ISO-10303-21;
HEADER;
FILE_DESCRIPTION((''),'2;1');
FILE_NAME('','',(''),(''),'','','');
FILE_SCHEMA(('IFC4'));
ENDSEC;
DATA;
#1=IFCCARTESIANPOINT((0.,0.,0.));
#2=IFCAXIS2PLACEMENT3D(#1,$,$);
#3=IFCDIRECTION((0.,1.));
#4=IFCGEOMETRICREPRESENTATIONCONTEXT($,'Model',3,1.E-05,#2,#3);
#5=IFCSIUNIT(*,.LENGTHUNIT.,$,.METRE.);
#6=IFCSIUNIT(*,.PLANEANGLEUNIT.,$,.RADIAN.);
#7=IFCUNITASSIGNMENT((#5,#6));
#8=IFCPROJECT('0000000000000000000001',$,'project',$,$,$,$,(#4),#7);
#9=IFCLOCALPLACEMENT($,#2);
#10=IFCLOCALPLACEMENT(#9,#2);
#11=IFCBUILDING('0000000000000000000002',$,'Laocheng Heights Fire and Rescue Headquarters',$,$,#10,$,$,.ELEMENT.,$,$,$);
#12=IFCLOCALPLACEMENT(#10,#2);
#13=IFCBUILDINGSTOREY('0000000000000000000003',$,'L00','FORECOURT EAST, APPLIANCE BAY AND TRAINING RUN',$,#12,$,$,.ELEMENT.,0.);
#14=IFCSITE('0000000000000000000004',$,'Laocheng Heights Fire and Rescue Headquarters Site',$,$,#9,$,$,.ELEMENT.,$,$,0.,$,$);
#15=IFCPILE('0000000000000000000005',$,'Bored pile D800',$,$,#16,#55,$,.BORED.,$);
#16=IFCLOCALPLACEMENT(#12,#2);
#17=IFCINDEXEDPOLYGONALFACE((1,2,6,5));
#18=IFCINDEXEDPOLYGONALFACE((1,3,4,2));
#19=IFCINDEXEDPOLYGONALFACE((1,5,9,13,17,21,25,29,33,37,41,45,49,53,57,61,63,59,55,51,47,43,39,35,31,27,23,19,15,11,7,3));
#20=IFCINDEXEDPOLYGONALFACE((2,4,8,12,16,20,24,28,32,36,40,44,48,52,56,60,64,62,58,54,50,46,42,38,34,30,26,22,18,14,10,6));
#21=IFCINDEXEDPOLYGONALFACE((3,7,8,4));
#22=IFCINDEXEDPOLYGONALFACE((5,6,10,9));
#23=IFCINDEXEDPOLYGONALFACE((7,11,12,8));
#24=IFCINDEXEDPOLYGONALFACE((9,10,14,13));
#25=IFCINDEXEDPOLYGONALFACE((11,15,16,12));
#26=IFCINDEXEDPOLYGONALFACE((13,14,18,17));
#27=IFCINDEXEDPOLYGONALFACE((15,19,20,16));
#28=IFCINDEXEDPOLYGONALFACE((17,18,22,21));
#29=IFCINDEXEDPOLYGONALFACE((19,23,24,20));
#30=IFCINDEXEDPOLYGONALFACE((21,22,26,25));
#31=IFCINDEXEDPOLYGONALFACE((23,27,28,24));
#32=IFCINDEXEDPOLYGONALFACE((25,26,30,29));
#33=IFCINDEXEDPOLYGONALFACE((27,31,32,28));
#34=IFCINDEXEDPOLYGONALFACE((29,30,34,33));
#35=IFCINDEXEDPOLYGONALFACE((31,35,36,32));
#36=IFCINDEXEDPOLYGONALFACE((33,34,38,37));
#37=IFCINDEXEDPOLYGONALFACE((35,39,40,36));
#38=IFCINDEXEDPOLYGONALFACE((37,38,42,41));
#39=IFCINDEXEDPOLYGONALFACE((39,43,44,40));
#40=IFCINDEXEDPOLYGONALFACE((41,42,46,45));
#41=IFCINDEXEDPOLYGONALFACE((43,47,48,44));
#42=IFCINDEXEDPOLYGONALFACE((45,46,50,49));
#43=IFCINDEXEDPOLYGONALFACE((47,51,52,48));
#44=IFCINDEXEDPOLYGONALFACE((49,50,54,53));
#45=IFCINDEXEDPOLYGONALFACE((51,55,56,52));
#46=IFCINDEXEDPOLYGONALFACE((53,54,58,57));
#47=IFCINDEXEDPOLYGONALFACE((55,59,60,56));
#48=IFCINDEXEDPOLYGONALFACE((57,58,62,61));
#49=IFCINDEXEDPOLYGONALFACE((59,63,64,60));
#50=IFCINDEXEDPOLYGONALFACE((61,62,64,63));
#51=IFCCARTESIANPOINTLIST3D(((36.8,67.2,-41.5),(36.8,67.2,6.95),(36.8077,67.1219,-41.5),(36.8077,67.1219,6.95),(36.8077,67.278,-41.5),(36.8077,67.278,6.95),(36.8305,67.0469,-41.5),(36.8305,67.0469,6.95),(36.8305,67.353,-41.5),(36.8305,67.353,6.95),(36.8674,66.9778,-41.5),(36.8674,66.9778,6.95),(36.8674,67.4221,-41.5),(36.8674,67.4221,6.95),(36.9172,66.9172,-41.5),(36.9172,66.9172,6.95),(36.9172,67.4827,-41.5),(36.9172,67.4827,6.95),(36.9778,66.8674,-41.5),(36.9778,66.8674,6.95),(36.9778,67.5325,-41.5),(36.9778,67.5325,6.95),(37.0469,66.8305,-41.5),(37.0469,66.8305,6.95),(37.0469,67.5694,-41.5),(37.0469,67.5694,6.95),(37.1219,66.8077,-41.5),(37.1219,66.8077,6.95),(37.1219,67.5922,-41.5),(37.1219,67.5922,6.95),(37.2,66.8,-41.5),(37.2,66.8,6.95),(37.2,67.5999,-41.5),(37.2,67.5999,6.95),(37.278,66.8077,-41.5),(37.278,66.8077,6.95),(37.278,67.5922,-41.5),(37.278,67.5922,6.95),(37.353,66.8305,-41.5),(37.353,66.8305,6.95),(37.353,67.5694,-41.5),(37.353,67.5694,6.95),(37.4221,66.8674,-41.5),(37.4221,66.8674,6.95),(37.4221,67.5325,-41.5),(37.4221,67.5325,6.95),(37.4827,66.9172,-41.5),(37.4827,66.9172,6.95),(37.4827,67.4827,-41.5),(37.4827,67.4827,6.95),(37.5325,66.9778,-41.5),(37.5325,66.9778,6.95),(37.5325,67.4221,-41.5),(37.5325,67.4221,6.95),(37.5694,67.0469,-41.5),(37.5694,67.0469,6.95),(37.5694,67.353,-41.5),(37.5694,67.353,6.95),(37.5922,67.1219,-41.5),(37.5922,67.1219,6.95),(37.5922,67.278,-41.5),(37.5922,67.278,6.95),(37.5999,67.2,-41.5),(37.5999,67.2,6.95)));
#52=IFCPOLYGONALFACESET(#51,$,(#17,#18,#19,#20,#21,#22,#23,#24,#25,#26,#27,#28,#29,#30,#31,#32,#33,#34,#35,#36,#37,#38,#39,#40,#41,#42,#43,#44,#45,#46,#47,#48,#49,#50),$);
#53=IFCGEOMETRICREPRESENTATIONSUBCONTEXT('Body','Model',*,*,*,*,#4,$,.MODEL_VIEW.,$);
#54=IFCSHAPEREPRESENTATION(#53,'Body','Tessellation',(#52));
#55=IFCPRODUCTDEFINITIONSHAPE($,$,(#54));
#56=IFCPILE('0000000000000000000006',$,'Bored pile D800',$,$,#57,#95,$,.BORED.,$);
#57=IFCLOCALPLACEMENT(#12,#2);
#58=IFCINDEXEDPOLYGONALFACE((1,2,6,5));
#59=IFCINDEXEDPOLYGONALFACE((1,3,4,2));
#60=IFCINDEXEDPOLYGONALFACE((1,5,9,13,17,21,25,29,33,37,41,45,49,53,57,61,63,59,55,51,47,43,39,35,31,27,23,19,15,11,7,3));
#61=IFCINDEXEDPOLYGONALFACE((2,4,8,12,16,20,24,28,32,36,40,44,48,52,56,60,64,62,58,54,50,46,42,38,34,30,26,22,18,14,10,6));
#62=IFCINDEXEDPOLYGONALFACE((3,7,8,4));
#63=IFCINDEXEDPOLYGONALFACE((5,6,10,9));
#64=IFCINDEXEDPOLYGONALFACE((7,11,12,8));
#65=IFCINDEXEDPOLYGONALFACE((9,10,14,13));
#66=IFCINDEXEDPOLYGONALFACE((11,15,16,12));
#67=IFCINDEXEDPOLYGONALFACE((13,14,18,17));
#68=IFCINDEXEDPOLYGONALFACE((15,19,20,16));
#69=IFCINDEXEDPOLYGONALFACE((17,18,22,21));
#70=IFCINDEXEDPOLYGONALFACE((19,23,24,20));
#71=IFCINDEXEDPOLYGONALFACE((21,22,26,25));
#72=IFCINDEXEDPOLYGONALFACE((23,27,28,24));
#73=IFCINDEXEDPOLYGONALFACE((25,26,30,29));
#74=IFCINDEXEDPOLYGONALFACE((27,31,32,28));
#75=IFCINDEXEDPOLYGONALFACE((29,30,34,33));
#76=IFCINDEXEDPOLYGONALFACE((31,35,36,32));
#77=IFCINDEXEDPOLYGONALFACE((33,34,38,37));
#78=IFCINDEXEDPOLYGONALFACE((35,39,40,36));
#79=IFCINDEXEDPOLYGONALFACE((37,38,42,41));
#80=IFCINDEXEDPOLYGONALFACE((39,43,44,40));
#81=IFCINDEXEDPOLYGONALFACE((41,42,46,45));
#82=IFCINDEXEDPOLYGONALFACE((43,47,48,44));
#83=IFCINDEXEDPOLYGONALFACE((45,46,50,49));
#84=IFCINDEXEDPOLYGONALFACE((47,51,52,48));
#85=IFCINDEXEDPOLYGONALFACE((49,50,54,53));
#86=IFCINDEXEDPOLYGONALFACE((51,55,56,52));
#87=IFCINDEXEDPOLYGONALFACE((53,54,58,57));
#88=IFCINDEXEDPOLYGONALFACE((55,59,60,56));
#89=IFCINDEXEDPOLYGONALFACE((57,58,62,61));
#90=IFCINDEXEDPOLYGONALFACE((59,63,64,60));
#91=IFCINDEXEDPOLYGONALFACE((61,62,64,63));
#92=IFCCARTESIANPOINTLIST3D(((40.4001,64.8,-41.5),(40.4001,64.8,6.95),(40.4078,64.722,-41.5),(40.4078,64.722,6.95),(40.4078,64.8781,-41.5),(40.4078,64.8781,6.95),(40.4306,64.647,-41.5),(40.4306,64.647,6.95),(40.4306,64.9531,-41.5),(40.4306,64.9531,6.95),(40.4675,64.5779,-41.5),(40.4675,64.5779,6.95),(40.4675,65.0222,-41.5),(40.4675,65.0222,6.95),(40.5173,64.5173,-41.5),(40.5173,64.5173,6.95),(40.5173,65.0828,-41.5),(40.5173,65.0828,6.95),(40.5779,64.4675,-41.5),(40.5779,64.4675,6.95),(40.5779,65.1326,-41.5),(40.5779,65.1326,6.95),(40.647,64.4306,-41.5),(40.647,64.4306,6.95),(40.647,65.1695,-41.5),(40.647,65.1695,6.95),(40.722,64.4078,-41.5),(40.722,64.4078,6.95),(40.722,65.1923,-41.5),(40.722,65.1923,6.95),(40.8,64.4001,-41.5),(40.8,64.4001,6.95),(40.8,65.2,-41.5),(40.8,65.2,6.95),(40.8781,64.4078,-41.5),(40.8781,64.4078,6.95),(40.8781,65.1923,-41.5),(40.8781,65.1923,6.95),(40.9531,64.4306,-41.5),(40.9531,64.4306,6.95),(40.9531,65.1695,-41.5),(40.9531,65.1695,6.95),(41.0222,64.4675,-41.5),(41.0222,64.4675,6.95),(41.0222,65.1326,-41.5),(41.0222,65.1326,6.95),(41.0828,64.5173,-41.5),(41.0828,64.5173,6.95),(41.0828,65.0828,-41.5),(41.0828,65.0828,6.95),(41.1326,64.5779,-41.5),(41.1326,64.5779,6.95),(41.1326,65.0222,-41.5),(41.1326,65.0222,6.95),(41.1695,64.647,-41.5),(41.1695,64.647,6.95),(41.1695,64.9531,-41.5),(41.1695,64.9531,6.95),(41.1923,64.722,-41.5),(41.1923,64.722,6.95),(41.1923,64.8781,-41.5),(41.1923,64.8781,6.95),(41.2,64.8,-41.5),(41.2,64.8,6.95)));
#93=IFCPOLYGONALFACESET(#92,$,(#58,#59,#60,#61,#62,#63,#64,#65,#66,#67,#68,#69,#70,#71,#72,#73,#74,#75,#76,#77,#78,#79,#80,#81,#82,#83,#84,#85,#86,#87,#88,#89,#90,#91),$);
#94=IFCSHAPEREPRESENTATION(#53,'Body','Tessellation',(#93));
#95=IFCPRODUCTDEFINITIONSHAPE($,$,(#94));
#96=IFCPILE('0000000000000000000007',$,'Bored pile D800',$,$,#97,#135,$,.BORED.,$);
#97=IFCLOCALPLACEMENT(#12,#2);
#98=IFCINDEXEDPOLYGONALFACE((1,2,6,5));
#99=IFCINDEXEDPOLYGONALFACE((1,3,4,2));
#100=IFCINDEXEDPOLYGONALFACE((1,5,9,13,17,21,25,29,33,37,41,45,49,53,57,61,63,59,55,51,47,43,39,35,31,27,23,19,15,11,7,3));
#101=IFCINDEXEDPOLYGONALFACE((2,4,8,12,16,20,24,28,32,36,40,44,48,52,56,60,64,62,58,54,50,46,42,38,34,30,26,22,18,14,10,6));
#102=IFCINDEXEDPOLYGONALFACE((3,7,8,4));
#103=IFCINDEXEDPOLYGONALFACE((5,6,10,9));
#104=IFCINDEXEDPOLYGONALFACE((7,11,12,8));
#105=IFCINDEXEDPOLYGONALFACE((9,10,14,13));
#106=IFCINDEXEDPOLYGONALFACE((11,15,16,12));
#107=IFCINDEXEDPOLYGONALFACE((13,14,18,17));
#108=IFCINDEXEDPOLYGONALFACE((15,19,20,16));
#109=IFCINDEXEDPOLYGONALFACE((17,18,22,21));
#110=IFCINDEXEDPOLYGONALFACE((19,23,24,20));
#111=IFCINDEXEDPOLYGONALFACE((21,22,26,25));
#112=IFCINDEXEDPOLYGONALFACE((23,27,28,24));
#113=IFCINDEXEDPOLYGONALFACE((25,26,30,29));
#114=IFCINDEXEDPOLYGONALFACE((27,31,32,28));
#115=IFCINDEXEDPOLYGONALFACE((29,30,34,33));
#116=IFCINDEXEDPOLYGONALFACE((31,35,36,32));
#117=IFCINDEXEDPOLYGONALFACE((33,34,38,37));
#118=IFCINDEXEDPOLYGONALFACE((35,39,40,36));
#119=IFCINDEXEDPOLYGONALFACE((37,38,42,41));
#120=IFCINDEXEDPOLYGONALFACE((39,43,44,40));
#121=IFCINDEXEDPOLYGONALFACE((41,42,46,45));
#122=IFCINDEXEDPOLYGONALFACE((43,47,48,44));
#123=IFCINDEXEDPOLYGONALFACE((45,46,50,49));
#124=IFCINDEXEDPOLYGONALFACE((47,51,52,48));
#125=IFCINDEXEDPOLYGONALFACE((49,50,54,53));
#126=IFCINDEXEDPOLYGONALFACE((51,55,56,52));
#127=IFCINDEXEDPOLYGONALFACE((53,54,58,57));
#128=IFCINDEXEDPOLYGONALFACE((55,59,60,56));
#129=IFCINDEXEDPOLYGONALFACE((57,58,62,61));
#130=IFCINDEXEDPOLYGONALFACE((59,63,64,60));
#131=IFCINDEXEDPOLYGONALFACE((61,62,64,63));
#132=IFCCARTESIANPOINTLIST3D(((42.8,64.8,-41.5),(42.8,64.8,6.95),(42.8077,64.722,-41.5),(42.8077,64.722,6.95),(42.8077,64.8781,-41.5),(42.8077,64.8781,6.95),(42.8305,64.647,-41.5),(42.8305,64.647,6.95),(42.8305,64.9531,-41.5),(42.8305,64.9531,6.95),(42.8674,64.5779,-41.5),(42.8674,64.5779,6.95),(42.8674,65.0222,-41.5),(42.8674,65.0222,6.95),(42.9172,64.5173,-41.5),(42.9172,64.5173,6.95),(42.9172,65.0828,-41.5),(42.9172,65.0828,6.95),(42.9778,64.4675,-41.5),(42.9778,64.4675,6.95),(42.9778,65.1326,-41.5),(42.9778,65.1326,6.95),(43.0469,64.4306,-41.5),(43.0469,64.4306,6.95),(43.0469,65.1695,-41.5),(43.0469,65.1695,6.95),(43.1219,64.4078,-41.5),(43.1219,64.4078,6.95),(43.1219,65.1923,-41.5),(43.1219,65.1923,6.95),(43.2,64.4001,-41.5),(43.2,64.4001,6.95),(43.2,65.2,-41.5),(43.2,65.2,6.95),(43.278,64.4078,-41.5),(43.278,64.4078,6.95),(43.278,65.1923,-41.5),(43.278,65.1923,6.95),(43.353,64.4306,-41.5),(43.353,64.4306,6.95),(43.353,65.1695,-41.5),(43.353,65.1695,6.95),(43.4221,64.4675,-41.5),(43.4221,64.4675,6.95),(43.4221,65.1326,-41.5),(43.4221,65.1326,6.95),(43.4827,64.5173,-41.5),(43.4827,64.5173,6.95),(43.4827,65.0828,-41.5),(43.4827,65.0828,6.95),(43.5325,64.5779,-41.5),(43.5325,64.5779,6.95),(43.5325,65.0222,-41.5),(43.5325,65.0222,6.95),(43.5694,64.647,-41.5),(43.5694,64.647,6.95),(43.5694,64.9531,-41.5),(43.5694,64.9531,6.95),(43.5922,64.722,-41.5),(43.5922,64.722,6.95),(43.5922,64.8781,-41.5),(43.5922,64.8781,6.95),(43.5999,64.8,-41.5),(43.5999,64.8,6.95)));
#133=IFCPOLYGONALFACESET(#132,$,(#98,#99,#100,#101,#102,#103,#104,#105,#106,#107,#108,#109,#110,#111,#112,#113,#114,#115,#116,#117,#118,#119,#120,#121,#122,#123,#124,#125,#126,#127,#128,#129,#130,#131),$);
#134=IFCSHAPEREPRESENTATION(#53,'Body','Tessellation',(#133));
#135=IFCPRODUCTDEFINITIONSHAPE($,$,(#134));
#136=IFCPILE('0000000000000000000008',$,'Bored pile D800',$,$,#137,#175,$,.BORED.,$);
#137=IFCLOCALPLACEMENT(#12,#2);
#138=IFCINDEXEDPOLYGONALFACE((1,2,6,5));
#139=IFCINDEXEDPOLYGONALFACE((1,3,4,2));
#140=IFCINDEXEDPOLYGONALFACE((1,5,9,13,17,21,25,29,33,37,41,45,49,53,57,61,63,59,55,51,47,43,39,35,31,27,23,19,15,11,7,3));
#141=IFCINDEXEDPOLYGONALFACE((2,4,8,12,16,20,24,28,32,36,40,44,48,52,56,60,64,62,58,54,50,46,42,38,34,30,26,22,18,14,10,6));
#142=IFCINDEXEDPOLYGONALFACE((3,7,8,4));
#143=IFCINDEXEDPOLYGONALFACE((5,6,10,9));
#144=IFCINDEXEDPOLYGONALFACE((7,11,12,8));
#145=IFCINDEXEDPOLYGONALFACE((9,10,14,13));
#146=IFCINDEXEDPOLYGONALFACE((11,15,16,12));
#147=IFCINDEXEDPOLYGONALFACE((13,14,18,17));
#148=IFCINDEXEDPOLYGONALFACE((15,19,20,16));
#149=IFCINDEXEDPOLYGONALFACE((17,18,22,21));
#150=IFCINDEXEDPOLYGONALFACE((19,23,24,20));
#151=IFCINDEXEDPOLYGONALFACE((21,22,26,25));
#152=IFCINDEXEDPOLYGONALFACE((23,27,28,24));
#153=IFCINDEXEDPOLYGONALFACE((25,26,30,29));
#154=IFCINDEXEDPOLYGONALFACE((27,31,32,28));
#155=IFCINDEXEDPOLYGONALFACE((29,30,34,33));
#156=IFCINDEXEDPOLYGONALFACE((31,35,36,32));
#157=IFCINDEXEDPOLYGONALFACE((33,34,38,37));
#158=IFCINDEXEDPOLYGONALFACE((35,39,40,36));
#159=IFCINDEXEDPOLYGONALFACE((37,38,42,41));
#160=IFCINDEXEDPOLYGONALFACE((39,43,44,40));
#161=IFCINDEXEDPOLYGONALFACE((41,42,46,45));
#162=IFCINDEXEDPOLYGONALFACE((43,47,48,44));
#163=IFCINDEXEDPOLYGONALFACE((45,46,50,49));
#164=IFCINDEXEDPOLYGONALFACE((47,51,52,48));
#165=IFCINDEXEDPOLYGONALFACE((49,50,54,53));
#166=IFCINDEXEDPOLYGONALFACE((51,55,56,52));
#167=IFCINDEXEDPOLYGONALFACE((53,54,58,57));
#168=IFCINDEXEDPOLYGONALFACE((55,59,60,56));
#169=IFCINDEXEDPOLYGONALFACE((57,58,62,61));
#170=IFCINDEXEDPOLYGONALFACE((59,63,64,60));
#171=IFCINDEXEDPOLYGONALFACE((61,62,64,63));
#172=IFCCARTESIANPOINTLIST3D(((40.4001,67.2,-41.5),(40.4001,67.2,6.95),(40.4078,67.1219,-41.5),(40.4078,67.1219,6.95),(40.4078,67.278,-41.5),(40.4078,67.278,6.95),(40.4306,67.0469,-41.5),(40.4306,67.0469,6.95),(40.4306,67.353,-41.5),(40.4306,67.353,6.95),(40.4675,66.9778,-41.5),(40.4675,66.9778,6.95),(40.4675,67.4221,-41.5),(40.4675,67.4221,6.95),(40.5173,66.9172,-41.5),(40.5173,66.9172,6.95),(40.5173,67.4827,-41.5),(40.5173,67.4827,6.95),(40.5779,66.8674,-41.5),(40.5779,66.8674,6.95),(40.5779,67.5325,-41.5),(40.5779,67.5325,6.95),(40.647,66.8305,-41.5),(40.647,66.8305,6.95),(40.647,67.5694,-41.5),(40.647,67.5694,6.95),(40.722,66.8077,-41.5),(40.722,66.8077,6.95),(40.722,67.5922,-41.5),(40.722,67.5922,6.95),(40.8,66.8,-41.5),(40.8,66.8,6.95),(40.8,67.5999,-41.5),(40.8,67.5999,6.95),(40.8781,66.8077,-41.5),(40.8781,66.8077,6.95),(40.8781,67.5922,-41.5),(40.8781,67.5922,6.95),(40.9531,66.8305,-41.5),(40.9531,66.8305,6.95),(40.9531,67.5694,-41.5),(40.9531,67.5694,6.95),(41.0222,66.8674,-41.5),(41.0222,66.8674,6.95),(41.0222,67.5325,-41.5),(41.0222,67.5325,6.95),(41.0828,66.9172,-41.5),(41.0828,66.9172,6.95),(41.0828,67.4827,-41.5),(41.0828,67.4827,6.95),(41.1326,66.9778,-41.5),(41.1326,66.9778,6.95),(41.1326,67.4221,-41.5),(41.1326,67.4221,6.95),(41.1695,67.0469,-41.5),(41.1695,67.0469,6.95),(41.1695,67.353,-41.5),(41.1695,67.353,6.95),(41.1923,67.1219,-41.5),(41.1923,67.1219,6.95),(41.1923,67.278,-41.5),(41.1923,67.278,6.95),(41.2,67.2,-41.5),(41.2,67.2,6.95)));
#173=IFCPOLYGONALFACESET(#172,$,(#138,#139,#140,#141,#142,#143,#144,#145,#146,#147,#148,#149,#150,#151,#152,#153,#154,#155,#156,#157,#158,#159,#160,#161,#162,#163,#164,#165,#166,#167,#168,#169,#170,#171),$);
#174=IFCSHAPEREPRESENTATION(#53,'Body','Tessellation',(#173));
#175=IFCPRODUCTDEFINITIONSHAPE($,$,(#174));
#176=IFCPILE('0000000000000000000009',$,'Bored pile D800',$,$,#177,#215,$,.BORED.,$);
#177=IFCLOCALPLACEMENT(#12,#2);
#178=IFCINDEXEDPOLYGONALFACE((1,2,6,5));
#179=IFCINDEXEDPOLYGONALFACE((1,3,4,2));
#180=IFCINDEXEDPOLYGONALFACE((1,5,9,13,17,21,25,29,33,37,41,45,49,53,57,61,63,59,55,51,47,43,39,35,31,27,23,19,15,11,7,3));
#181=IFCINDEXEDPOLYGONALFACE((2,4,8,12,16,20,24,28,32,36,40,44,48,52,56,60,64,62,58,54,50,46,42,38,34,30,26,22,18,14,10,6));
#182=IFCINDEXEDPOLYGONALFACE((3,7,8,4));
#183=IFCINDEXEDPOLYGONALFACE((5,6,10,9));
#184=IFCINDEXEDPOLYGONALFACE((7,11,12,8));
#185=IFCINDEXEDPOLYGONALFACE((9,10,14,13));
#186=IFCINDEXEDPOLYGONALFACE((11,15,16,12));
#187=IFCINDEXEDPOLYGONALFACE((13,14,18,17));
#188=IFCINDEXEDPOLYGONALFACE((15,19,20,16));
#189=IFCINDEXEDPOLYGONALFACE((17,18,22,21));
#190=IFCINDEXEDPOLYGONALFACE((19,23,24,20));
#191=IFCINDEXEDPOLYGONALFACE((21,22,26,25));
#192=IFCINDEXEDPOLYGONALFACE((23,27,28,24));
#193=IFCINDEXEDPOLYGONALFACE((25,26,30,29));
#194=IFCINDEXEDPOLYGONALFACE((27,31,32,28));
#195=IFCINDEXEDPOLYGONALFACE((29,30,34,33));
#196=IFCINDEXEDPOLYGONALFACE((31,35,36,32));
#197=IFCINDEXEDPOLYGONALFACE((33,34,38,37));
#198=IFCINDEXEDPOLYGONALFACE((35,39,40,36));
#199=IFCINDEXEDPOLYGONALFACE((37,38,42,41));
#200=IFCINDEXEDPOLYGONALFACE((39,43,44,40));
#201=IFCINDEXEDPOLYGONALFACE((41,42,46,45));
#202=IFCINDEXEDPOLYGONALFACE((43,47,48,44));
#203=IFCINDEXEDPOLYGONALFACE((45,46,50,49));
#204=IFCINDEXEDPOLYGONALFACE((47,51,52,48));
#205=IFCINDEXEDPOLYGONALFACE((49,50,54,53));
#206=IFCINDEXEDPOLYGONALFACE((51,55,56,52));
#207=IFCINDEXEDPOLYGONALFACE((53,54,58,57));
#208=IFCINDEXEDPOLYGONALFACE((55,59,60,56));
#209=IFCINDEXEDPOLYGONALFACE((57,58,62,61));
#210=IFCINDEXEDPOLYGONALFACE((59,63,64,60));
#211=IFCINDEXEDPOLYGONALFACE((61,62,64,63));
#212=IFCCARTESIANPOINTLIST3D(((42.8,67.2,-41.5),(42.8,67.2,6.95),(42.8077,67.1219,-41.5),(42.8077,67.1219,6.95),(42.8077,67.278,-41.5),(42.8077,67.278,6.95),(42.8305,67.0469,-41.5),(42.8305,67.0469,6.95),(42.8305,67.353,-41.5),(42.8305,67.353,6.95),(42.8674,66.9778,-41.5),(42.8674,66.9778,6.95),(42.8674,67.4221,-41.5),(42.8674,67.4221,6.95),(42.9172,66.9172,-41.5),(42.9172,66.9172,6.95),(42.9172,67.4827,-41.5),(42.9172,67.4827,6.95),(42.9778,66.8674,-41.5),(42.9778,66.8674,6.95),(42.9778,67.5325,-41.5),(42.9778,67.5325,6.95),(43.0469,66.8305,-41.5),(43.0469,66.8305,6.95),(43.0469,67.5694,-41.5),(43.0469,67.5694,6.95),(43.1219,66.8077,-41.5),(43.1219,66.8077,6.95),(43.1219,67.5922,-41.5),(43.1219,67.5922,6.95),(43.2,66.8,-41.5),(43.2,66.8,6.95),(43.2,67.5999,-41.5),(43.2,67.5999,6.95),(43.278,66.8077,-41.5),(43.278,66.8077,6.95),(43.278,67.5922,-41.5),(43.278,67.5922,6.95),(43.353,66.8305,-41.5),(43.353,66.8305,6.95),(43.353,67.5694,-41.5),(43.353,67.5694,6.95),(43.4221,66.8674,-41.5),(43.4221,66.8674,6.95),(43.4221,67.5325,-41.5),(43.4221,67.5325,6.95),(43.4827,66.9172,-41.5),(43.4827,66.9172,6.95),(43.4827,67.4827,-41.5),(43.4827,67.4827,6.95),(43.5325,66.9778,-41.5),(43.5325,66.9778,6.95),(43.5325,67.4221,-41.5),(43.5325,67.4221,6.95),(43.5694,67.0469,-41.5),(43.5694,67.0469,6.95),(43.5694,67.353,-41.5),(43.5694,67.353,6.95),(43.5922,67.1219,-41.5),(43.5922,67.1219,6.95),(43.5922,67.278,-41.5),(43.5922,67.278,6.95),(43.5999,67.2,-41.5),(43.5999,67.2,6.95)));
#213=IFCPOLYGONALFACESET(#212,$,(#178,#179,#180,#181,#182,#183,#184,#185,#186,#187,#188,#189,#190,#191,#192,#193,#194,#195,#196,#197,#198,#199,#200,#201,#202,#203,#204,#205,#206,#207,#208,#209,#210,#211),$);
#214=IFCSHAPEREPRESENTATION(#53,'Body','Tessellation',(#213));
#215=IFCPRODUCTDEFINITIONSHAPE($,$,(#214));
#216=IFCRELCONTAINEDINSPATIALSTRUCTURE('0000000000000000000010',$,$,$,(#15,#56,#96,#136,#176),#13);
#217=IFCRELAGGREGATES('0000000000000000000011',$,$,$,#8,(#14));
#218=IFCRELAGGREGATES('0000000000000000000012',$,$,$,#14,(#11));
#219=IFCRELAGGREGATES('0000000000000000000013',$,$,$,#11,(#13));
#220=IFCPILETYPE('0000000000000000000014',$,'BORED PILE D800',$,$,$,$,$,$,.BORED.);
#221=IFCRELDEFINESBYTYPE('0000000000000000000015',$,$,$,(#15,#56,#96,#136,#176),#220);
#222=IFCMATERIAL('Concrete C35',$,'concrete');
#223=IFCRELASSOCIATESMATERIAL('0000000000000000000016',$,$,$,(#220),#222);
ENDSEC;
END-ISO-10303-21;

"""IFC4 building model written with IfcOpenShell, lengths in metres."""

from ifc_helpers import new_model, si_unit, direction, frame, origin, origin_2d, place, context, subcontext, project, spatial, circle, extrude, material, material_profile, profile_set, type_object, element, save


model = new_model("IFC4")

# Units and contexts
model_context = context("Model", 3, precision=1e-05, world=origin(), true_north=direction((0.0, 1.0)))
body_context = subcontext(model_context, "Body", "Model", "MODEL_VIEW")
ifc_project = project(units=[si_unit("LENGTHUNIT", "METRE"), si_unit("PLANEANGLEUNIT", "RADIAN")], contexts=[model_context])

# Site, building, storey
site_placement = place(None, origin())
site = spatial("IfcSite", under=ifc_project, at=site_placement, Name="Laocheng Heights Fire and Rescue Headquarters Site", CompositionType="ELEMENT", RefElevation=0.0)
building_placement = place(site_placement, origin())
building = spatial("IfcBuilding", under=site, at=building_placement, Name="Laocheng Heights Fire and Rescue Headquarters", CompositionType="ELEMENT")
storey_placement = place(building_placement, origin())
storey = spatial("IfcBuildingStorey", under=building, at=storey_placement, Name="L00", Description="FORECOURT EAST, APPLIANCE BAY AND TRAINING RUN", CompositionType="ELEMENT", Elevation=0.0)

# Piles
ifc_material_1 = material(Name="Concrete C35", Category="concrete")
ifc_material_profile_1 = material_profile(ifc_material_1, circle(Radius=0.3999, at=origin_2d()), Name="BORED PILE D800")
ifc_profile_set_1 = profile_set([ifc_material_profile_1], Name="Concrete C35")
pile_type_1 = type_object("IfcPileType", Name="BORED PILE D800", PredefinedType="BORED", material=ifc_profile_set_1)
for number, where, z_axis, x_axis, name in (
    (1, (37.2, 67.2, 6.95), (0.0, 0.0, -1.0), (1.0, 0.0, 0.0), "Bored pile D800"),
    (2, (40.8, 64.8, 6.95), (0.0, 0.0, -1.0), (1.0, 0.0, 0.0), "Bored pile D800"),
    (3, (43.2, 64.8, 6.95), (0.0, 0.0, -1.0), (1.0, 0.0, 0.0), "Bored pile D800"),
    (4, (40.8, 67.2, 6.95), (0.0, 0.0, -1.0), (1.0, 0.0, 0.0), "Bored pile D800"),
    (5, (43.2, 67.2, 6.95), (0.0, 0.0, -1.0), (1.0, 0.0, 0.0), "Bored pile D800"),
):
    element("IfcPile", number, at=place(storey_placement, frame(where, z_axis=z_axis, x_axis=x_axis)), inside=storey, type_object=pile_type_1, Name=name, PredefinedType="BORED", context=body_context, shape_type="SweptSolid", body=[
        extrude(circle(Radius=0.3999, at=origin_2d()), origin(), (0.0, 0.0, 1.0), 48.45),
    ])

save(model, "model.ifc")
